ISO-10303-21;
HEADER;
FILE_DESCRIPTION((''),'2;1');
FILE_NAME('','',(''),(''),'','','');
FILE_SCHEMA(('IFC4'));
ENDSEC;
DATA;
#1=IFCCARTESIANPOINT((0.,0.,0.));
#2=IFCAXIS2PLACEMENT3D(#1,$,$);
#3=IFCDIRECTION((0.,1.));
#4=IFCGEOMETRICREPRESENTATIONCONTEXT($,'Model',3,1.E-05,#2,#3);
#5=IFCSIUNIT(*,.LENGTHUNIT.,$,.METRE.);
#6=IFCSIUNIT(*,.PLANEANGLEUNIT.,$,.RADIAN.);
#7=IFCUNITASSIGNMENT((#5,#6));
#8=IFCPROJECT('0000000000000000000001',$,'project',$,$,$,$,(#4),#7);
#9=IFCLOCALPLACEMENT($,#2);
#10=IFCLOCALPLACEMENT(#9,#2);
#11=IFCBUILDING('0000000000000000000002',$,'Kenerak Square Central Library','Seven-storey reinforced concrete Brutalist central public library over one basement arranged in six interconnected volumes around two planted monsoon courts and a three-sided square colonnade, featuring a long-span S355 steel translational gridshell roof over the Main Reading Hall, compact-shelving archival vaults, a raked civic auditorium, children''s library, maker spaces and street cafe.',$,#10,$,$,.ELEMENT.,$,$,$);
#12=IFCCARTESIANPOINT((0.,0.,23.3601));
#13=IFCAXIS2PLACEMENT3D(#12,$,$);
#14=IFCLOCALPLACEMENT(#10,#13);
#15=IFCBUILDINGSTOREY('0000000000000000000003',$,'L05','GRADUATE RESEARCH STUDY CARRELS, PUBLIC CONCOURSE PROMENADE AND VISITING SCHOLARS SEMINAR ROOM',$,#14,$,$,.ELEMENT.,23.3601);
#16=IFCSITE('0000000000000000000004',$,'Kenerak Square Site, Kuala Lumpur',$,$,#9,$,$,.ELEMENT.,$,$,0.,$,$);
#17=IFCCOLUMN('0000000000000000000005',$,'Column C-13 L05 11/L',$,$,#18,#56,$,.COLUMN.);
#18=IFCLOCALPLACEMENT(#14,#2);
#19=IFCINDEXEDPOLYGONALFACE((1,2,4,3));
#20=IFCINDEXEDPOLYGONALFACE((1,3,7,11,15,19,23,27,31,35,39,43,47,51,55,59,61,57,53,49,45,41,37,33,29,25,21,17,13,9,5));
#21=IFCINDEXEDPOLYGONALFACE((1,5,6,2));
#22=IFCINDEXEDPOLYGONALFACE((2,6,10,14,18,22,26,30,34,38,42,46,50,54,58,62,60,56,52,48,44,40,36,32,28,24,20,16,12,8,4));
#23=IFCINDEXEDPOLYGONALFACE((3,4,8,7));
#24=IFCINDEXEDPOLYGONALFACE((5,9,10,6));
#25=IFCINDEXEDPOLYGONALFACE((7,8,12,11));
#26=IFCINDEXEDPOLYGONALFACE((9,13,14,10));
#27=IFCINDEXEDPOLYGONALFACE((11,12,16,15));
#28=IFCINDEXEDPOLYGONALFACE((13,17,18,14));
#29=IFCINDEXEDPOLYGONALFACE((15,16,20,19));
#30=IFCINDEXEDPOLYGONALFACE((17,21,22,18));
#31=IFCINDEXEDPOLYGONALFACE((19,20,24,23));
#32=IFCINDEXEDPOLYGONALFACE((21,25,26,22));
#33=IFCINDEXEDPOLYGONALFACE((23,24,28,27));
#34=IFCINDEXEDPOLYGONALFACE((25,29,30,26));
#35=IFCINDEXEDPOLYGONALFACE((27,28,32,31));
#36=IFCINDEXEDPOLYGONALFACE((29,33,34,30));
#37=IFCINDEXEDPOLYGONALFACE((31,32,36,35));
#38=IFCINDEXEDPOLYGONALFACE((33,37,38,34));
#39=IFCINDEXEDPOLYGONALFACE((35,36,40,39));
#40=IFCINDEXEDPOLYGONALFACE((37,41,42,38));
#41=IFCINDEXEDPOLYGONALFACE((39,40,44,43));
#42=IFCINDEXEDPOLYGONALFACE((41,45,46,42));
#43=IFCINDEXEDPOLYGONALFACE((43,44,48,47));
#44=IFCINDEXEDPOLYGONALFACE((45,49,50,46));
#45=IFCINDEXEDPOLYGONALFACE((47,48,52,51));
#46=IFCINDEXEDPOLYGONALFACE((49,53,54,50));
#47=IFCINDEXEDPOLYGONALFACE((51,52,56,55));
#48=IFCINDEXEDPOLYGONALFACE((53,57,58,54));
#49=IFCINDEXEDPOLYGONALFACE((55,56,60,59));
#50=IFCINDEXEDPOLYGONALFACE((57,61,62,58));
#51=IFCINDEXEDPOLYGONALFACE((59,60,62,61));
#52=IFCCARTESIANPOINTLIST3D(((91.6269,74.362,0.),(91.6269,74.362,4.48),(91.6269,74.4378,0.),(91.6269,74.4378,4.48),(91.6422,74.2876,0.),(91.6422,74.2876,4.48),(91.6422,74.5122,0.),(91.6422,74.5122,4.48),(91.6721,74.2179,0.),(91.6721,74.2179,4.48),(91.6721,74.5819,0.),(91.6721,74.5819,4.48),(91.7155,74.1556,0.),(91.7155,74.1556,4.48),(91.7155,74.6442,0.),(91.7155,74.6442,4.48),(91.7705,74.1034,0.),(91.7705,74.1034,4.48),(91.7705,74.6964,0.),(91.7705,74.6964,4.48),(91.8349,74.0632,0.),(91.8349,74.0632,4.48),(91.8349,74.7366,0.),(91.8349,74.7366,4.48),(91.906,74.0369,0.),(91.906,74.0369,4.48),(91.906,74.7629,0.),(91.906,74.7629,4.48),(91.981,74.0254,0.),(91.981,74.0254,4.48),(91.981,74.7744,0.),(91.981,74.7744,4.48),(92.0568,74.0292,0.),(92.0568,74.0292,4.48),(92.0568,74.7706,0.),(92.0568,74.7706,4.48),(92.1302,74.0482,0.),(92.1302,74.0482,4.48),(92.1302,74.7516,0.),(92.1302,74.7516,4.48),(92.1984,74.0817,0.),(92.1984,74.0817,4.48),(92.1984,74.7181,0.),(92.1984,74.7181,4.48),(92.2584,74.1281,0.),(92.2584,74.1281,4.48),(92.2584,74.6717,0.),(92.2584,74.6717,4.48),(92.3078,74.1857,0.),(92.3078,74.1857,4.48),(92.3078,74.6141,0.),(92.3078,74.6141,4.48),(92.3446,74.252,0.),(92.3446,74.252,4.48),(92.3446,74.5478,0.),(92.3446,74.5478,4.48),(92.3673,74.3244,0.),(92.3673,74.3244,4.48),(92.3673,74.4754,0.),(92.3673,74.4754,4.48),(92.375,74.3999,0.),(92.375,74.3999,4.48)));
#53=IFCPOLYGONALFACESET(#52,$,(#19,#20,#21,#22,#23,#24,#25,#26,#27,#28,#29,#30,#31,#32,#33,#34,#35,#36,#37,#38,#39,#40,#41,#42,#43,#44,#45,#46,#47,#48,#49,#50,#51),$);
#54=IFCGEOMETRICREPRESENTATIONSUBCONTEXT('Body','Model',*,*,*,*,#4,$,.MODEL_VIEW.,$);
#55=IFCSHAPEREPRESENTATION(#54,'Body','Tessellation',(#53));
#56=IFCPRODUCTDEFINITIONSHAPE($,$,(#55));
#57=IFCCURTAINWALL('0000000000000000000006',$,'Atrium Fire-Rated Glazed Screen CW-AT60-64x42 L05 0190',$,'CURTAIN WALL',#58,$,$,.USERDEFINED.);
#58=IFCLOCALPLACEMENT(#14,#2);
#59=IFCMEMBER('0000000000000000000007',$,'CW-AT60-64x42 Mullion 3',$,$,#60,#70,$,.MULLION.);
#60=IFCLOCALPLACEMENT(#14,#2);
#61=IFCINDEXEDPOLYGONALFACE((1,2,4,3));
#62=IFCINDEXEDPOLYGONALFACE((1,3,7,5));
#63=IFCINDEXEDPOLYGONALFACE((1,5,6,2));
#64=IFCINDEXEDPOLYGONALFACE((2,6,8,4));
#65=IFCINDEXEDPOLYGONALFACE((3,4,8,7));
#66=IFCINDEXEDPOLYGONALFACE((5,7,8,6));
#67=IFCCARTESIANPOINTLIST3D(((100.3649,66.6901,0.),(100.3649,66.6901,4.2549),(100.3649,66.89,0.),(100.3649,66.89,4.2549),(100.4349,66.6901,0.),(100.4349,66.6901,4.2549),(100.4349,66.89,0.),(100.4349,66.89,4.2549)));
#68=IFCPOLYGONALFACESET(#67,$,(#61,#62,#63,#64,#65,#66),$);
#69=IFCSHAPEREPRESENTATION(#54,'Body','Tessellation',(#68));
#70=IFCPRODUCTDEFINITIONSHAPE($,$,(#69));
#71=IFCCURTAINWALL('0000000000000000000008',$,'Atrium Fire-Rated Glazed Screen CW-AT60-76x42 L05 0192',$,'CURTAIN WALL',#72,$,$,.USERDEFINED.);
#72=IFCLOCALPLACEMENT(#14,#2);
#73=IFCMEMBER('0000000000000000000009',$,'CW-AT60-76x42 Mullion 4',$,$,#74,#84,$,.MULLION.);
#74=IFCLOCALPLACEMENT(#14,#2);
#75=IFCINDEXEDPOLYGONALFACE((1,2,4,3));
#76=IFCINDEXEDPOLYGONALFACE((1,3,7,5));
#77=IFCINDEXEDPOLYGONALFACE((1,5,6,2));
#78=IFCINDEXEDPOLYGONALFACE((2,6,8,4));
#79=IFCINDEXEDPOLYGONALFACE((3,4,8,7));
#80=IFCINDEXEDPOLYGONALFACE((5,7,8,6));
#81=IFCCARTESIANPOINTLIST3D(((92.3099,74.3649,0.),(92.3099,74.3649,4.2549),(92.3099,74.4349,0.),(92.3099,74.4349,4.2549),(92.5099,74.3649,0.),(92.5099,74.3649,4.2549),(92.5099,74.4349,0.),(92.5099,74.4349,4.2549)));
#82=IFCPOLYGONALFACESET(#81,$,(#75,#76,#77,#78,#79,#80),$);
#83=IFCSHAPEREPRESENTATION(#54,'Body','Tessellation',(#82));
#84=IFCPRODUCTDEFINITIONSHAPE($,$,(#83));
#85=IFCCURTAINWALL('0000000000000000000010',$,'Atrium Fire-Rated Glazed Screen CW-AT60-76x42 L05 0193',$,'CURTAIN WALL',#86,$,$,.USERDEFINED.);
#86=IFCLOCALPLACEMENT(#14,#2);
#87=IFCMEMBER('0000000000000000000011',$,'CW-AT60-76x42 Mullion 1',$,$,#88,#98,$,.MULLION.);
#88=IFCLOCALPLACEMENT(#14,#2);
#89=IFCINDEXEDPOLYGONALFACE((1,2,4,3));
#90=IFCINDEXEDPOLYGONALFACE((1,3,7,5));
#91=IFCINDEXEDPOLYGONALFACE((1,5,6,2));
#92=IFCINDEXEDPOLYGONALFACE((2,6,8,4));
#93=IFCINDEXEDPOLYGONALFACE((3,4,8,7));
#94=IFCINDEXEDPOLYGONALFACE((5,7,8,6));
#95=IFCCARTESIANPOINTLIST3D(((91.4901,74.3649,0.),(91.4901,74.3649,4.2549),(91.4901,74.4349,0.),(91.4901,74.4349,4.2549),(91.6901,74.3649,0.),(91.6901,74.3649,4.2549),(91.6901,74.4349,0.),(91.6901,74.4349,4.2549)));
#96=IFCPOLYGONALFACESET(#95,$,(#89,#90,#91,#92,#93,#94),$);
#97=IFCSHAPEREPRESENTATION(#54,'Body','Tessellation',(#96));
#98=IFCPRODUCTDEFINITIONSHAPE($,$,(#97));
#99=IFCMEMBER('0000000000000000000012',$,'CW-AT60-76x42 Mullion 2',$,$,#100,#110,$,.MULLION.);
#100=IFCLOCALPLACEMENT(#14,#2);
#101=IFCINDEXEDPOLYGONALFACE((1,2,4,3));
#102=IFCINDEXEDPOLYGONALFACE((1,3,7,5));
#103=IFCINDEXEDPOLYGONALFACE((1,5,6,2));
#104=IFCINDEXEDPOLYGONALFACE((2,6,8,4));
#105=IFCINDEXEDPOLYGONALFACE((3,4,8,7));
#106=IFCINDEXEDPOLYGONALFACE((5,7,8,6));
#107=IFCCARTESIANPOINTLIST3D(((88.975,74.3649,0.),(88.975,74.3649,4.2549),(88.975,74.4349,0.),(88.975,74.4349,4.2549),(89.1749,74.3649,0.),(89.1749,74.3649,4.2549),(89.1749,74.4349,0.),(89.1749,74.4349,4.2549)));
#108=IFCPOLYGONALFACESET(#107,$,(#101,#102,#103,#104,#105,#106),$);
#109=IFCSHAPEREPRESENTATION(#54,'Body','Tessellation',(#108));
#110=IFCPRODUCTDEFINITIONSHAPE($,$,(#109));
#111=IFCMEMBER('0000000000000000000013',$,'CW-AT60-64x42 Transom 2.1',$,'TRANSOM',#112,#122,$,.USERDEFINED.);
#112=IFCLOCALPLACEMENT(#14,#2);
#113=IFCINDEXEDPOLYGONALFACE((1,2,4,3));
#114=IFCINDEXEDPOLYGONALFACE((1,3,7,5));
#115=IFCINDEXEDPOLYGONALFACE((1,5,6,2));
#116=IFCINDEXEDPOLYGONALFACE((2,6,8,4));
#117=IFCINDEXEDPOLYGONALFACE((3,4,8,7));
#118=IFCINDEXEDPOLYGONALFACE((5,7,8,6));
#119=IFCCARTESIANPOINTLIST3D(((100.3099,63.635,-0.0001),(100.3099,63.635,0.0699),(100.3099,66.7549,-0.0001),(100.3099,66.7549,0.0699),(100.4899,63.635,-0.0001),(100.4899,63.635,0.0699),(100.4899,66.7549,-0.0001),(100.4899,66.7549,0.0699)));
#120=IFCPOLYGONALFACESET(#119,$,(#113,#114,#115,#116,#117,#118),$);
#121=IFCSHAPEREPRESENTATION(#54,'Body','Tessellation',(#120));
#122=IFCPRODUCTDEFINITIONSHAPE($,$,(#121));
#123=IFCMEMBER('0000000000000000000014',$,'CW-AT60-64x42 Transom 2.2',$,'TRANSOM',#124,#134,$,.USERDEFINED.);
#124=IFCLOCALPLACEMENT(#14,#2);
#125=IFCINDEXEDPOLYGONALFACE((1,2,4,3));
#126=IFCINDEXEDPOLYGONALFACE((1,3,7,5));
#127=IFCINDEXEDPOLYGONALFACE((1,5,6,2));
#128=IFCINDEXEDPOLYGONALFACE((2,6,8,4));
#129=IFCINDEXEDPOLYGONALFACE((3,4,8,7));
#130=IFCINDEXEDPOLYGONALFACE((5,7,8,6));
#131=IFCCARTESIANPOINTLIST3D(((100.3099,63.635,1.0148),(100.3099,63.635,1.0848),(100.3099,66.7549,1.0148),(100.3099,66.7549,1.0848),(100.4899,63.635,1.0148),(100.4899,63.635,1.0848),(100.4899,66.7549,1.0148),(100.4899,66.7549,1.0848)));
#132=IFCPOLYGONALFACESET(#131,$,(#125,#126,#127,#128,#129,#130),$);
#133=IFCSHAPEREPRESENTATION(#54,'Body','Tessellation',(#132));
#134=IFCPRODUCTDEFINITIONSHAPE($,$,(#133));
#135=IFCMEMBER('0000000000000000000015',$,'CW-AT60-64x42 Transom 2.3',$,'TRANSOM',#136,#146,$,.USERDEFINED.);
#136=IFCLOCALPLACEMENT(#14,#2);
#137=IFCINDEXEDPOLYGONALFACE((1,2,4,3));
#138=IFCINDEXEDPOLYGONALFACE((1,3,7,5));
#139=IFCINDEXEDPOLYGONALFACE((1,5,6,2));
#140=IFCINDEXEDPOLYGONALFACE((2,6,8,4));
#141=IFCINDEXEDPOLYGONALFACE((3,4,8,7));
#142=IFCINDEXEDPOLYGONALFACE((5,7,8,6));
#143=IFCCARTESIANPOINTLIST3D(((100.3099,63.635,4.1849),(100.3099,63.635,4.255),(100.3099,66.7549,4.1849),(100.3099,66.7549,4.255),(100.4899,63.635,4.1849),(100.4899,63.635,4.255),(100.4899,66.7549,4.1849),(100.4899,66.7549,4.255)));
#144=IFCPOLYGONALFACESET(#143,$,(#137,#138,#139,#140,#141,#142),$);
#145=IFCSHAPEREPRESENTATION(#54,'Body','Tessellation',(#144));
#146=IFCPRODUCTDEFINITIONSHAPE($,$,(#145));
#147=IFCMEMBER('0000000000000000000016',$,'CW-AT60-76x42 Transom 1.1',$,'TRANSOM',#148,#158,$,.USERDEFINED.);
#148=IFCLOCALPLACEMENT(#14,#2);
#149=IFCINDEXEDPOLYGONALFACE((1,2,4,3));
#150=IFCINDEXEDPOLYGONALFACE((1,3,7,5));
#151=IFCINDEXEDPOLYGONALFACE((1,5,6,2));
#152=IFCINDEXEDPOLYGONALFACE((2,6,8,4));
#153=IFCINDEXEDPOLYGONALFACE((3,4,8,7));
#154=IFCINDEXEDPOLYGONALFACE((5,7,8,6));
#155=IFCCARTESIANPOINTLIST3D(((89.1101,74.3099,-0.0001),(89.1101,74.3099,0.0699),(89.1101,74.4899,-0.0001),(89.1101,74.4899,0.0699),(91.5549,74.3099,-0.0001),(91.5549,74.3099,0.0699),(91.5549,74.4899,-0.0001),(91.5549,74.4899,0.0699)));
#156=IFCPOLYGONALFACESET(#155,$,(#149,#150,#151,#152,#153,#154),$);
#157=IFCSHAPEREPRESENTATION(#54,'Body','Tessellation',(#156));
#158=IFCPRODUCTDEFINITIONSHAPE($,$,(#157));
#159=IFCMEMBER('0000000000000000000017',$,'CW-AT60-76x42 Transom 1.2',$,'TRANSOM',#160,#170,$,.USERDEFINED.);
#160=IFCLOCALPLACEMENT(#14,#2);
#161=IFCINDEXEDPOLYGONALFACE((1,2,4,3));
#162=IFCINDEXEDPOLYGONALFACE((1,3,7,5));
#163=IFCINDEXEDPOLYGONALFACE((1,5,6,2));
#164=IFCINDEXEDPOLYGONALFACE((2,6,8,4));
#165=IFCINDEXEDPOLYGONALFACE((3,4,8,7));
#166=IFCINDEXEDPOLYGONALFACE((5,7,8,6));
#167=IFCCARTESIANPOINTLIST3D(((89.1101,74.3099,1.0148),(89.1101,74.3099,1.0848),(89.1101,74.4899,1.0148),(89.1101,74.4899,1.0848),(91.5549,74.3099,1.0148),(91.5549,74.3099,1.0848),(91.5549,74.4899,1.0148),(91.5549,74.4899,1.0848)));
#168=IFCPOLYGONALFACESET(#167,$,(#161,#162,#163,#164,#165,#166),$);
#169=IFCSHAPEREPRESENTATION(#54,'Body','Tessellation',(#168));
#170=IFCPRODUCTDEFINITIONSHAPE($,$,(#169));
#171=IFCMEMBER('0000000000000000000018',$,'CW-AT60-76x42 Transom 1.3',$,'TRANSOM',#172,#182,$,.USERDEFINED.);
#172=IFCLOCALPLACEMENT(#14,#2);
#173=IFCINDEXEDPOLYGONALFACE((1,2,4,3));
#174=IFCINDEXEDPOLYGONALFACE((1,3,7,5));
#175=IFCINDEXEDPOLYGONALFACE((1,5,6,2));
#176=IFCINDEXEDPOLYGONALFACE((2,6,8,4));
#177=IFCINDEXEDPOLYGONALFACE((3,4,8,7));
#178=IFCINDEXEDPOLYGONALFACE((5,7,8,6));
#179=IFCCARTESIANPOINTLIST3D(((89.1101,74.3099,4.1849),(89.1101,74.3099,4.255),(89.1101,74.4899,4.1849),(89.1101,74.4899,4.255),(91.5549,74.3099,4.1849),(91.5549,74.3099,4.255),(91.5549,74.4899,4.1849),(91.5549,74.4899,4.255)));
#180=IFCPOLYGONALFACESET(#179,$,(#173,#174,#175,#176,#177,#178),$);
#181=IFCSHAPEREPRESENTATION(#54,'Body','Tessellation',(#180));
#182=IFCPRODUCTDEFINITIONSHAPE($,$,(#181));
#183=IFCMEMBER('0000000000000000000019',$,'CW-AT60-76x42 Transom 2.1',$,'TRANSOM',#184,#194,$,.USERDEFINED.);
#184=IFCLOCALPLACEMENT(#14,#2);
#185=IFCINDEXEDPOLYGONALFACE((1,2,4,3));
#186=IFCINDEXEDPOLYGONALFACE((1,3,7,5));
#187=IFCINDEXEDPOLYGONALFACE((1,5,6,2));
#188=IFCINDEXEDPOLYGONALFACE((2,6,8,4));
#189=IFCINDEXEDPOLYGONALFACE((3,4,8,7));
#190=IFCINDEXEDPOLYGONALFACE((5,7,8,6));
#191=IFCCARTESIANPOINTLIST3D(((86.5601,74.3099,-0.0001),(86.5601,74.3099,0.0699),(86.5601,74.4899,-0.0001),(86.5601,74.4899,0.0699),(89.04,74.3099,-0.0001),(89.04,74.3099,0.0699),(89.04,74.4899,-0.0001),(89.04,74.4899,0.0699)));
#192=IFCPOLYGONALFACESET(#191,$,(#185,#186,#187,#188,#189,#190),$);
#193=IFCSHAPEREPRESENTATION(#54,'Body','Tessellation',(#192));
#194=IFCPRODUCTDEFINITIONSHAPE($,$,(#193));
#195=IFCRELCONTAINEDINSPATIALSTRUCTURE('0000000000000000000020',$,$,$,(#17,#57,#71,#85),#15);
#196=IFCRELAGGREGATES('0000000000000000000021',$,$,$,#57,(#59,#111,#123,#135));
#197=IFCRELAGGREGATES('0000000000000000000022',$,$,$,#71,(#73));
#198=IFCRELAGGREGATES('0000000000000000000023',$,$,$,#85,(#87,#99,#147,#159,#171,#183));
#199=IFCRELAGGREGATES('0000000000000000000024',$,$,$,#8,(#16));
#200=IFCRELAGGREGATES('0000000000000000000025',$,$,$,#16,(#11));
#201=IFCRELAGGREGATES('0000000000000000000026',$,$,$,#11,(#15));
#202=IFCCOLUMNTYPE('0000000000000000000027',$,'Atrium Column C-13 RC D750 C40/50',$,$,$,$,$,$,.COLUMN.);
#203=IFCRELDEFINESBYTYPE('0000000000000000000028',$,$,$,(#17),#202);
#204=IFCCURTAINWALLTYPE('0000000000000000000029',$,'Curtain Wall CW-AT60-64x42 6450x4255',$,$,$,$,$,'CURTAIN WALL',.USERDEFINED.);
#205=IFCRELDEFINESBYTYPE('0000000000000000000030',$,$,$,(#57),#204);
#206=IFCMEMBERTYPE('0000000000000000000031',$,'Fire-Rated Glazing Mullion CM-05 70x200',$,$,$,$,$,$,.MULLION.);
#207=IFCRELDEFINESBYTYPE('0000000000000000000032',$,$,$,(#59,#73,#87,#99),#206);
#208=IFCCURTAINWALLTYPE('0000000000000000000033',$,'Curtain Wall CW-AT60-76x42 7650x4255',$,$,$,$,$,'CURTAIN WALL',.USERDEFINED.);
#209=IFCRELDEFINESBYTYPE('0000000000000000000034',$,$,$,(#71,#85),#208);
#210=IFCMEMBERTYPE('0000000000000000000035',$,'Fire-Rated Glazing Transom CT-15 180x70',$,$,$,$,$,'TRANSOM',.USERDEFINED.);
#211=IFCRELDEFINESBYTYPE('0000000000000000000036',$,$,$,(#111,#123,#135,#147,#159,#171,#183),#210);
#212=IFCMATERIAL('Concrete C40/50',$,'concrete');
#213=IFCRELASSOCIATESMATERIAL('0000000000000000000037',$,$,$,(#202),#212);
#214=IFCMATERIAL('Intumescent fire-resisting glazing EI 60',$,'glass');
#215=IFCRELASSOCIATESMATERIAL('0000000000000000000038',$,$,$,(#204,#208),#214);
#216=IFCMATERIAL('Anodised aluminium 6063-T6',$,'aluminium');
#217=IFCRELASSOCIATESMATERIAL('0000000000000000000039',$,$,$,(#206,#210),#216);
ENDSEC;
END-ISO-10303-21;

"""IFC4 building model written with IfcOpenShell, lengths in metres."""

from ifc_helpers import new_model, si_unit, direction, frame, origin, origin_2d, place, context, subcontext, project, spatial, rectangle, circle, extrude, material, material_profile, profile_set, type_object, element, aggregate, save


model = new_model("IFC4")

# Units and contexts
model_context = context("Model", 3, precision=1e-05, world=origin(), true_north=direction((0.0, 1.0)))
body_context = subcontext(model_context, "Body", "Model", "MODEL_VIEW")
ifc_project = project(units=[si_unit("LENGTHUNIT", "METRE"), si_unit("PLANEANGLEUNIT", "RADIAN")], contexts=[model_context])

# Site, building, storey
site_placement = place(None, origin())
site = spatial("IfcSite", under=ifc_project, at=site_placement, Name="Kenerak Square Site, Kuala Lumpur", CompositionType="ELEMENT", RefElevation=0.0)
building_placement = place(site_placement, origin())
building = spatial("IfcBuilding", under=site, at=building_placement, Name="Kenerak Square Central Library", Description="Seven-storey reinforced concrete Brutalist central public library over one basement arranged in six interconnected volumes around two planted monsoon courts and a three-sided square colonnade, featuring a long-span S355 steel translational gridshell roof over the Main Reading Hall, compact-shelving archival vaults, a raked civic auditorium, children's library, maker spaces and street cafe.", CompositionType="ELEMENT")
storey_placement = place(building_placement, frame((0.0, 0.0, 23.3601)))
storey = spatial("IfcBuildingStorey", under=building, at=storey_placement, Name="L05", Description="GRADUATE RESEARCH STUDY CARRELS, PUBLIC CONCOURSE PROMENADE AND VISITING SCHOLARS SEMINAR ROOM", CompositionType="ELEMENT", Elevation=23.3601)

# Column
ifc_material_1 = material(Name="Concrete C40/50", Category="concrete")
ifc_material_profile_1 = material_profile(ifc_material_1, circle(Radius=0.375, at=origin_2d()), Name="RC D750")
ifc_profile_set_1 = profile_set([ifc_material_profile_1], Name="Concrete C40/50")
column_type = type_object("IfcColumnType", Name="Atrium Column C-13 RC D750 C40/50", PredefinedType="COLUMN", material=ifc_profile_set_1)
column_placement = place(storey_placement, frame((92.0, 74.3999, 0.0), z_axis=(0.0, 0.0, 1.0), x_axis=(1.0, 0.0, 0.0)))
element("IfcColumn", 1, at=column_placement, inside=storey, type_object=column_type, Name="Column C-13 L05 11/L", PredefinedType="COLUMN", context=body_context, shape_type="SweptSolid", body=[
    extrude(circle(Radius=0.375, at=origin_2d()), origin(), (0.0, 0.0, 1.0), 4.48),
])

# Curtain walls, members
ifc_material_2 = material(Name="Intumescent fire-resisting glazing EI 60", Category="glass")
curtain_wall_type_1 = type_object("IfcCurtainWallType", Name="Curtain Wall CW-AT60-64x42 6450x4255", ElementType="CURTAIN WALL", PredefinedType="USERDEFINED", material=ifc_material_2)
curtain_wall_1_placement = place(storey_placement, origin())
curtain_wall_1 = element("IfcCurtainWall", 2, at=curtain_wall_1_placement, inside=storey, type_object=curtain_wall_type_1, Name="Atrium Fire-Rated Glazed Screen CW-AT60-64x42 L05 0190", ObjectType="CURTAIN WALL", PredefinedType="USERDEFINED")
ifc_material_3 = material(Name="Anodised aluminium 6063-T6", Category="aluminium")
ifc_material_profile_2 = material_profile(ifc_material_3, rectangle(XDim=0.0701, YDim=0.2, at=origin_2d()), Name="AL MULLION 70x200")
ifc_profile_set_2 = profile_set([ifc_material_profile_2], Name="Anodised aluminium 6063-T6")
member_type_1 = type_object("IfcMemberType", Name="Fire-Rated Glazing Mullion CM-05 70x200", PredefinedType="MULLION", material=ifc_profile_set_2)
member_1_placement = place(storey_placement, frame((100.3999, 66.79, 0.0), z_axis=(0.0, 0.0, 1.0), x_axis=(-1.0, 0.0, 0.0)))
member_1 = element("IfcMember", 3, at=member_1_placement, type_object=member_type_1, Name="CW-AT60-64x42 Mullion 3", PredefinedType="MULLION", context=body_context, shape_type="SweptSolid", body=[
    extrude(rectangle(XDim=0.0701, YDim=0.2, at=origin_2d()), origin(), (0.0, 0.0, 1.0), 4.2549),
])
curtain_wall_type_2 = type_object("IfcCurtainWallType", Name="Curtain Wall CW-AT60-76x42 7650x4255", ElementType="CURTAIN WALL", PredefinedType="USERDEFINED", material=ifc_material_2)
curtain_wall_2_placement = place(storey_placement, origin())
curtain_wall_2 = element("IfcCurtainWall", 4, at=curtain_wall_2_placement, inside=storey, type_object=curtain_wall_type_2, Name="Atrium Fire-Rated Glazed Screen CW-AT60-76x42 L05 0192", ObjectType="CURTAIN WALL", PredefinedType="USERDEFINED")
member_2_placement = place(storey_placement, frame((92.4099, 74.3999, 0.0), z_axis=(0.0, 0.0, 1.0), x_axis=(0.0, -1.0, 0.0)))
member_2 = element("IfcMember", 5, at=member_2_placement, type_object=member_type_1, Name="CW-AT60-76x42 Mullion 4", PredefinedType="MULLION", context=body_context, shape_type="SweptSolid", body=[
    extrude(rectangle(XDim=0.0701, YDim=0.2, at=origin_2d()), origin(), (0.0, 0.0, 1.0), 4.2549),
])

# Curtain wall, members
curtain_wall_3_placement = place(storey_placement, origin())
curtain_wall_3 = element("IfcCurtainWall", 6, at=curtain_wall_3_placement, inside=storey, type_object=curtain_wall_type_2, Name="Atrium Fire-Rated Glazed Screen CW-AT60-76x42 L05 0193", ObjectType="CURTAIN WALL", PredefinedType="USERDEFINED")
member_3_placement = place(storey_placement, frame((91.5901, 74.3999, 0.0), z_axis=(0.0, 0.0, 1.0), x_axis=(0.0, -1.0, 0.0)))
member_3 = element("IfcMember", 7, at=member_3_placement, type_object=member_type_1, Name="CW-AT60-76x42 Mullion 1", PredefinedType="MULLION", context=body_context, shape_type="SweptSolid", body=[
    extrude(rectangle(XDim=0.0701, YDim=0.2, at=origin_2d()), origin(), (0.0, 0.0, 1.0), 4.2549),
])
member_4_placement = place(storey_placement, frame((89.075, 74.3999, 0.0), z_axis=(0.0, 0.0, 1.0), x_axis=(0.0, -1.0, 0.0)))
member_4 = element("IfcMember", 8, at=member_4_placement, type_object=member_type_1, Name="CW-AT60-76x42 Mullion 2", PredefinedType="MULLION", context=body_context, shape_type="SweptSolid", body=[
    extrude(rectangle(XDim=0.0701, YDim=0.2, at=origin_2d()), origin(), (0.0, 0.0, 1.0), 4.2549),
])

# Members
ifc_material_profile_3 = material_profile(ifc_material_3, rectangle(XDim=0.1799, YDim=0.0701, at=origin_2d()), Name="AL TRANSOM 180x70")
ifc_profile_set_3 = profile_set([ifc_material_profile_3], Name="Anodised aluminium 6063-T6")
member_type_2 = type_object("IfcMemberType", Name="Fire-Rated Glazing Transom CT-15 180x70", ElementType="TRANSOM", PredefinedType="USERDEFINED", material=ifc_profile_set_3)
member_5_placement = place(storey_placement, frame((100.3999, 63.635, 0.0349), z_axis=(0.0, 1.0, 0.0), x_axis=(-1.0, 0.0, 0.0)))
member_5 = element("IfcMember", 9, at=member_5_placement, type_object=member_type_2, Name="CW-AT60-64x42 Transom 2.1", ObjectType="TRANSOM", PredefinedType="USERDEFINED", context=body_context, shape_type="SweptSolid", body=[
    extrude(rectangle(XDim=0.1799, YDim=0.0701, at=origin_2d()), origin(), (0.0, 0.0, 1.0), 3.1199),
])
member_6_placement = place(storey_placement, frame((100.3999, 63.635, 1.0498), z_axis=(0.0, 1.0, 0.0), x_axis=(-1.0, 0.0, 0.0)))
member_6 = element("IfcMember", 10, at=member_6_placement, type_object=member_type_2, Name="CW-AT60-64x42 Transom 2.2", ObjectType="TRANSOM", PredefinedType="USERDEFINED", context=body_context, shape_type="SweptSolid", body=[
    extrude(rectangle(XDim=0.1799, YDim=0.0701, at=origin_2d()), origin(), (0.0, 0.0, 1.0), 3.1199),
])
member_7_placement = place(storey_placement, frame((100.3999, 63.635, 4.22), z_axis=(0.0, 1.0, 0.0), x_axis=(-1.0, 0.0, 0.0)))
member_7 = element("IfcMember", 11, at=member_7_placement, type_object=member_type_2, Name="CW-AT60-64x42 Transom 2.3", ObjectType="TRANSOM", PredefinedType="USERDEFINED", context=body_context, shape_type="SweptSolid", body=[
    extrude(rectangle(XDim=0.1799, YDim=0.0701, at=origin_2d()), origin(), (0.0, 0.0, 1.0), 3.1199),
])
member_8_placement = place(storey_placement, frame((91.5549, 74.3999, 0.0349), z_axis=(-1.0, 0.0, 0.0), x_axis=(0.0, -1.0, 0.0)))
member_8 = element("IfcMember", 12, at=member_8_placement, type_object=member_type_2, Name="CW-AT60-76x42 Transom 1.1", ObjectType="TRANSOM", PredefinedType="USERDEFINED", context=body_context, shape_type="SweptSolid", body=[
    extrude(rectangle(XDim=0.1799, YDim=0.0701, at=origin_2d()), origin(), (0.0, 0.0, 1.0), 2.4448),
])
member_9_placement = place(storey_placement, frame((91.5549, 74.3999, 1.0498), z_axis=(-1.0, 0.0, 0.0), x_axis=(0.0, -1.0, 0.0)))
member_9 = element("IfcMember", 13, at=member_9_placement, type_object=member_type_2, Name="CW-AT60-76x42 Transom 1.2", ObjectType="TRANSOM", PredefinedType="USERDEFINED", context=body_context, shape_type="SweptSolid", body=[
    extrude(rectangle(XDim=0.1799, YDim=0.0701, at=origin_2d()), origin(), (0.0, 0.0, 1.0), 2.4448),
])
member_10_placement = place(storey_placement, frame((91.5549, 74.3999, 4.22), z_axis=(-1.0, 0.0, 0.0), x_axis=(0.0, -1.0, 0.0)))
member_10 = element("IfcMember", 14, at=member_10_placement, type_object=member_type_2, Name="CW-AT60-76x42 Transom 1.3", ObjectType="TRANSOM", PredefinedType="USERDEFINED", context=body_context, shape_type="SweptSolid", body=[
    extrude(rectangle(XDim=0.1799, YDim=0.0701, at=origin_2d()), origin(), (0.0, 0.0, 1.0), 2.4448),
])
member_11_placement = place(storey_placement, frame((89.04, 74.3999, 0.0349), z_axis=(-1.0, 0.0, 0.0), x_axis=(0.0, -1.0, 0.0)))
member_11 = element("IfcMember", 15, at=member_11_placement, type_object=member_type_2, Name="CW-AT60-76x42 Transom 2.1", ObjectType="TRANSOM", PredefinedType="USERDEFINED", context=body_context, shape_type="SweptSolid", body=[
    extrude(rectangle(XDim=0.1799, YDim=0.0701, at=origin_2d()), origin(), (0.0, 0.0, 1.0), 2.48),
])

aggregate(curtain_wall_1, [member_1, member_5, member_6, member_7])
aggregate(curtain_wall_2, [member_2])
aggregate(curtain_wall_3, [member_3, member_4, member_8, member_9, member_10, member_11])

save(model, "model.ifc")
